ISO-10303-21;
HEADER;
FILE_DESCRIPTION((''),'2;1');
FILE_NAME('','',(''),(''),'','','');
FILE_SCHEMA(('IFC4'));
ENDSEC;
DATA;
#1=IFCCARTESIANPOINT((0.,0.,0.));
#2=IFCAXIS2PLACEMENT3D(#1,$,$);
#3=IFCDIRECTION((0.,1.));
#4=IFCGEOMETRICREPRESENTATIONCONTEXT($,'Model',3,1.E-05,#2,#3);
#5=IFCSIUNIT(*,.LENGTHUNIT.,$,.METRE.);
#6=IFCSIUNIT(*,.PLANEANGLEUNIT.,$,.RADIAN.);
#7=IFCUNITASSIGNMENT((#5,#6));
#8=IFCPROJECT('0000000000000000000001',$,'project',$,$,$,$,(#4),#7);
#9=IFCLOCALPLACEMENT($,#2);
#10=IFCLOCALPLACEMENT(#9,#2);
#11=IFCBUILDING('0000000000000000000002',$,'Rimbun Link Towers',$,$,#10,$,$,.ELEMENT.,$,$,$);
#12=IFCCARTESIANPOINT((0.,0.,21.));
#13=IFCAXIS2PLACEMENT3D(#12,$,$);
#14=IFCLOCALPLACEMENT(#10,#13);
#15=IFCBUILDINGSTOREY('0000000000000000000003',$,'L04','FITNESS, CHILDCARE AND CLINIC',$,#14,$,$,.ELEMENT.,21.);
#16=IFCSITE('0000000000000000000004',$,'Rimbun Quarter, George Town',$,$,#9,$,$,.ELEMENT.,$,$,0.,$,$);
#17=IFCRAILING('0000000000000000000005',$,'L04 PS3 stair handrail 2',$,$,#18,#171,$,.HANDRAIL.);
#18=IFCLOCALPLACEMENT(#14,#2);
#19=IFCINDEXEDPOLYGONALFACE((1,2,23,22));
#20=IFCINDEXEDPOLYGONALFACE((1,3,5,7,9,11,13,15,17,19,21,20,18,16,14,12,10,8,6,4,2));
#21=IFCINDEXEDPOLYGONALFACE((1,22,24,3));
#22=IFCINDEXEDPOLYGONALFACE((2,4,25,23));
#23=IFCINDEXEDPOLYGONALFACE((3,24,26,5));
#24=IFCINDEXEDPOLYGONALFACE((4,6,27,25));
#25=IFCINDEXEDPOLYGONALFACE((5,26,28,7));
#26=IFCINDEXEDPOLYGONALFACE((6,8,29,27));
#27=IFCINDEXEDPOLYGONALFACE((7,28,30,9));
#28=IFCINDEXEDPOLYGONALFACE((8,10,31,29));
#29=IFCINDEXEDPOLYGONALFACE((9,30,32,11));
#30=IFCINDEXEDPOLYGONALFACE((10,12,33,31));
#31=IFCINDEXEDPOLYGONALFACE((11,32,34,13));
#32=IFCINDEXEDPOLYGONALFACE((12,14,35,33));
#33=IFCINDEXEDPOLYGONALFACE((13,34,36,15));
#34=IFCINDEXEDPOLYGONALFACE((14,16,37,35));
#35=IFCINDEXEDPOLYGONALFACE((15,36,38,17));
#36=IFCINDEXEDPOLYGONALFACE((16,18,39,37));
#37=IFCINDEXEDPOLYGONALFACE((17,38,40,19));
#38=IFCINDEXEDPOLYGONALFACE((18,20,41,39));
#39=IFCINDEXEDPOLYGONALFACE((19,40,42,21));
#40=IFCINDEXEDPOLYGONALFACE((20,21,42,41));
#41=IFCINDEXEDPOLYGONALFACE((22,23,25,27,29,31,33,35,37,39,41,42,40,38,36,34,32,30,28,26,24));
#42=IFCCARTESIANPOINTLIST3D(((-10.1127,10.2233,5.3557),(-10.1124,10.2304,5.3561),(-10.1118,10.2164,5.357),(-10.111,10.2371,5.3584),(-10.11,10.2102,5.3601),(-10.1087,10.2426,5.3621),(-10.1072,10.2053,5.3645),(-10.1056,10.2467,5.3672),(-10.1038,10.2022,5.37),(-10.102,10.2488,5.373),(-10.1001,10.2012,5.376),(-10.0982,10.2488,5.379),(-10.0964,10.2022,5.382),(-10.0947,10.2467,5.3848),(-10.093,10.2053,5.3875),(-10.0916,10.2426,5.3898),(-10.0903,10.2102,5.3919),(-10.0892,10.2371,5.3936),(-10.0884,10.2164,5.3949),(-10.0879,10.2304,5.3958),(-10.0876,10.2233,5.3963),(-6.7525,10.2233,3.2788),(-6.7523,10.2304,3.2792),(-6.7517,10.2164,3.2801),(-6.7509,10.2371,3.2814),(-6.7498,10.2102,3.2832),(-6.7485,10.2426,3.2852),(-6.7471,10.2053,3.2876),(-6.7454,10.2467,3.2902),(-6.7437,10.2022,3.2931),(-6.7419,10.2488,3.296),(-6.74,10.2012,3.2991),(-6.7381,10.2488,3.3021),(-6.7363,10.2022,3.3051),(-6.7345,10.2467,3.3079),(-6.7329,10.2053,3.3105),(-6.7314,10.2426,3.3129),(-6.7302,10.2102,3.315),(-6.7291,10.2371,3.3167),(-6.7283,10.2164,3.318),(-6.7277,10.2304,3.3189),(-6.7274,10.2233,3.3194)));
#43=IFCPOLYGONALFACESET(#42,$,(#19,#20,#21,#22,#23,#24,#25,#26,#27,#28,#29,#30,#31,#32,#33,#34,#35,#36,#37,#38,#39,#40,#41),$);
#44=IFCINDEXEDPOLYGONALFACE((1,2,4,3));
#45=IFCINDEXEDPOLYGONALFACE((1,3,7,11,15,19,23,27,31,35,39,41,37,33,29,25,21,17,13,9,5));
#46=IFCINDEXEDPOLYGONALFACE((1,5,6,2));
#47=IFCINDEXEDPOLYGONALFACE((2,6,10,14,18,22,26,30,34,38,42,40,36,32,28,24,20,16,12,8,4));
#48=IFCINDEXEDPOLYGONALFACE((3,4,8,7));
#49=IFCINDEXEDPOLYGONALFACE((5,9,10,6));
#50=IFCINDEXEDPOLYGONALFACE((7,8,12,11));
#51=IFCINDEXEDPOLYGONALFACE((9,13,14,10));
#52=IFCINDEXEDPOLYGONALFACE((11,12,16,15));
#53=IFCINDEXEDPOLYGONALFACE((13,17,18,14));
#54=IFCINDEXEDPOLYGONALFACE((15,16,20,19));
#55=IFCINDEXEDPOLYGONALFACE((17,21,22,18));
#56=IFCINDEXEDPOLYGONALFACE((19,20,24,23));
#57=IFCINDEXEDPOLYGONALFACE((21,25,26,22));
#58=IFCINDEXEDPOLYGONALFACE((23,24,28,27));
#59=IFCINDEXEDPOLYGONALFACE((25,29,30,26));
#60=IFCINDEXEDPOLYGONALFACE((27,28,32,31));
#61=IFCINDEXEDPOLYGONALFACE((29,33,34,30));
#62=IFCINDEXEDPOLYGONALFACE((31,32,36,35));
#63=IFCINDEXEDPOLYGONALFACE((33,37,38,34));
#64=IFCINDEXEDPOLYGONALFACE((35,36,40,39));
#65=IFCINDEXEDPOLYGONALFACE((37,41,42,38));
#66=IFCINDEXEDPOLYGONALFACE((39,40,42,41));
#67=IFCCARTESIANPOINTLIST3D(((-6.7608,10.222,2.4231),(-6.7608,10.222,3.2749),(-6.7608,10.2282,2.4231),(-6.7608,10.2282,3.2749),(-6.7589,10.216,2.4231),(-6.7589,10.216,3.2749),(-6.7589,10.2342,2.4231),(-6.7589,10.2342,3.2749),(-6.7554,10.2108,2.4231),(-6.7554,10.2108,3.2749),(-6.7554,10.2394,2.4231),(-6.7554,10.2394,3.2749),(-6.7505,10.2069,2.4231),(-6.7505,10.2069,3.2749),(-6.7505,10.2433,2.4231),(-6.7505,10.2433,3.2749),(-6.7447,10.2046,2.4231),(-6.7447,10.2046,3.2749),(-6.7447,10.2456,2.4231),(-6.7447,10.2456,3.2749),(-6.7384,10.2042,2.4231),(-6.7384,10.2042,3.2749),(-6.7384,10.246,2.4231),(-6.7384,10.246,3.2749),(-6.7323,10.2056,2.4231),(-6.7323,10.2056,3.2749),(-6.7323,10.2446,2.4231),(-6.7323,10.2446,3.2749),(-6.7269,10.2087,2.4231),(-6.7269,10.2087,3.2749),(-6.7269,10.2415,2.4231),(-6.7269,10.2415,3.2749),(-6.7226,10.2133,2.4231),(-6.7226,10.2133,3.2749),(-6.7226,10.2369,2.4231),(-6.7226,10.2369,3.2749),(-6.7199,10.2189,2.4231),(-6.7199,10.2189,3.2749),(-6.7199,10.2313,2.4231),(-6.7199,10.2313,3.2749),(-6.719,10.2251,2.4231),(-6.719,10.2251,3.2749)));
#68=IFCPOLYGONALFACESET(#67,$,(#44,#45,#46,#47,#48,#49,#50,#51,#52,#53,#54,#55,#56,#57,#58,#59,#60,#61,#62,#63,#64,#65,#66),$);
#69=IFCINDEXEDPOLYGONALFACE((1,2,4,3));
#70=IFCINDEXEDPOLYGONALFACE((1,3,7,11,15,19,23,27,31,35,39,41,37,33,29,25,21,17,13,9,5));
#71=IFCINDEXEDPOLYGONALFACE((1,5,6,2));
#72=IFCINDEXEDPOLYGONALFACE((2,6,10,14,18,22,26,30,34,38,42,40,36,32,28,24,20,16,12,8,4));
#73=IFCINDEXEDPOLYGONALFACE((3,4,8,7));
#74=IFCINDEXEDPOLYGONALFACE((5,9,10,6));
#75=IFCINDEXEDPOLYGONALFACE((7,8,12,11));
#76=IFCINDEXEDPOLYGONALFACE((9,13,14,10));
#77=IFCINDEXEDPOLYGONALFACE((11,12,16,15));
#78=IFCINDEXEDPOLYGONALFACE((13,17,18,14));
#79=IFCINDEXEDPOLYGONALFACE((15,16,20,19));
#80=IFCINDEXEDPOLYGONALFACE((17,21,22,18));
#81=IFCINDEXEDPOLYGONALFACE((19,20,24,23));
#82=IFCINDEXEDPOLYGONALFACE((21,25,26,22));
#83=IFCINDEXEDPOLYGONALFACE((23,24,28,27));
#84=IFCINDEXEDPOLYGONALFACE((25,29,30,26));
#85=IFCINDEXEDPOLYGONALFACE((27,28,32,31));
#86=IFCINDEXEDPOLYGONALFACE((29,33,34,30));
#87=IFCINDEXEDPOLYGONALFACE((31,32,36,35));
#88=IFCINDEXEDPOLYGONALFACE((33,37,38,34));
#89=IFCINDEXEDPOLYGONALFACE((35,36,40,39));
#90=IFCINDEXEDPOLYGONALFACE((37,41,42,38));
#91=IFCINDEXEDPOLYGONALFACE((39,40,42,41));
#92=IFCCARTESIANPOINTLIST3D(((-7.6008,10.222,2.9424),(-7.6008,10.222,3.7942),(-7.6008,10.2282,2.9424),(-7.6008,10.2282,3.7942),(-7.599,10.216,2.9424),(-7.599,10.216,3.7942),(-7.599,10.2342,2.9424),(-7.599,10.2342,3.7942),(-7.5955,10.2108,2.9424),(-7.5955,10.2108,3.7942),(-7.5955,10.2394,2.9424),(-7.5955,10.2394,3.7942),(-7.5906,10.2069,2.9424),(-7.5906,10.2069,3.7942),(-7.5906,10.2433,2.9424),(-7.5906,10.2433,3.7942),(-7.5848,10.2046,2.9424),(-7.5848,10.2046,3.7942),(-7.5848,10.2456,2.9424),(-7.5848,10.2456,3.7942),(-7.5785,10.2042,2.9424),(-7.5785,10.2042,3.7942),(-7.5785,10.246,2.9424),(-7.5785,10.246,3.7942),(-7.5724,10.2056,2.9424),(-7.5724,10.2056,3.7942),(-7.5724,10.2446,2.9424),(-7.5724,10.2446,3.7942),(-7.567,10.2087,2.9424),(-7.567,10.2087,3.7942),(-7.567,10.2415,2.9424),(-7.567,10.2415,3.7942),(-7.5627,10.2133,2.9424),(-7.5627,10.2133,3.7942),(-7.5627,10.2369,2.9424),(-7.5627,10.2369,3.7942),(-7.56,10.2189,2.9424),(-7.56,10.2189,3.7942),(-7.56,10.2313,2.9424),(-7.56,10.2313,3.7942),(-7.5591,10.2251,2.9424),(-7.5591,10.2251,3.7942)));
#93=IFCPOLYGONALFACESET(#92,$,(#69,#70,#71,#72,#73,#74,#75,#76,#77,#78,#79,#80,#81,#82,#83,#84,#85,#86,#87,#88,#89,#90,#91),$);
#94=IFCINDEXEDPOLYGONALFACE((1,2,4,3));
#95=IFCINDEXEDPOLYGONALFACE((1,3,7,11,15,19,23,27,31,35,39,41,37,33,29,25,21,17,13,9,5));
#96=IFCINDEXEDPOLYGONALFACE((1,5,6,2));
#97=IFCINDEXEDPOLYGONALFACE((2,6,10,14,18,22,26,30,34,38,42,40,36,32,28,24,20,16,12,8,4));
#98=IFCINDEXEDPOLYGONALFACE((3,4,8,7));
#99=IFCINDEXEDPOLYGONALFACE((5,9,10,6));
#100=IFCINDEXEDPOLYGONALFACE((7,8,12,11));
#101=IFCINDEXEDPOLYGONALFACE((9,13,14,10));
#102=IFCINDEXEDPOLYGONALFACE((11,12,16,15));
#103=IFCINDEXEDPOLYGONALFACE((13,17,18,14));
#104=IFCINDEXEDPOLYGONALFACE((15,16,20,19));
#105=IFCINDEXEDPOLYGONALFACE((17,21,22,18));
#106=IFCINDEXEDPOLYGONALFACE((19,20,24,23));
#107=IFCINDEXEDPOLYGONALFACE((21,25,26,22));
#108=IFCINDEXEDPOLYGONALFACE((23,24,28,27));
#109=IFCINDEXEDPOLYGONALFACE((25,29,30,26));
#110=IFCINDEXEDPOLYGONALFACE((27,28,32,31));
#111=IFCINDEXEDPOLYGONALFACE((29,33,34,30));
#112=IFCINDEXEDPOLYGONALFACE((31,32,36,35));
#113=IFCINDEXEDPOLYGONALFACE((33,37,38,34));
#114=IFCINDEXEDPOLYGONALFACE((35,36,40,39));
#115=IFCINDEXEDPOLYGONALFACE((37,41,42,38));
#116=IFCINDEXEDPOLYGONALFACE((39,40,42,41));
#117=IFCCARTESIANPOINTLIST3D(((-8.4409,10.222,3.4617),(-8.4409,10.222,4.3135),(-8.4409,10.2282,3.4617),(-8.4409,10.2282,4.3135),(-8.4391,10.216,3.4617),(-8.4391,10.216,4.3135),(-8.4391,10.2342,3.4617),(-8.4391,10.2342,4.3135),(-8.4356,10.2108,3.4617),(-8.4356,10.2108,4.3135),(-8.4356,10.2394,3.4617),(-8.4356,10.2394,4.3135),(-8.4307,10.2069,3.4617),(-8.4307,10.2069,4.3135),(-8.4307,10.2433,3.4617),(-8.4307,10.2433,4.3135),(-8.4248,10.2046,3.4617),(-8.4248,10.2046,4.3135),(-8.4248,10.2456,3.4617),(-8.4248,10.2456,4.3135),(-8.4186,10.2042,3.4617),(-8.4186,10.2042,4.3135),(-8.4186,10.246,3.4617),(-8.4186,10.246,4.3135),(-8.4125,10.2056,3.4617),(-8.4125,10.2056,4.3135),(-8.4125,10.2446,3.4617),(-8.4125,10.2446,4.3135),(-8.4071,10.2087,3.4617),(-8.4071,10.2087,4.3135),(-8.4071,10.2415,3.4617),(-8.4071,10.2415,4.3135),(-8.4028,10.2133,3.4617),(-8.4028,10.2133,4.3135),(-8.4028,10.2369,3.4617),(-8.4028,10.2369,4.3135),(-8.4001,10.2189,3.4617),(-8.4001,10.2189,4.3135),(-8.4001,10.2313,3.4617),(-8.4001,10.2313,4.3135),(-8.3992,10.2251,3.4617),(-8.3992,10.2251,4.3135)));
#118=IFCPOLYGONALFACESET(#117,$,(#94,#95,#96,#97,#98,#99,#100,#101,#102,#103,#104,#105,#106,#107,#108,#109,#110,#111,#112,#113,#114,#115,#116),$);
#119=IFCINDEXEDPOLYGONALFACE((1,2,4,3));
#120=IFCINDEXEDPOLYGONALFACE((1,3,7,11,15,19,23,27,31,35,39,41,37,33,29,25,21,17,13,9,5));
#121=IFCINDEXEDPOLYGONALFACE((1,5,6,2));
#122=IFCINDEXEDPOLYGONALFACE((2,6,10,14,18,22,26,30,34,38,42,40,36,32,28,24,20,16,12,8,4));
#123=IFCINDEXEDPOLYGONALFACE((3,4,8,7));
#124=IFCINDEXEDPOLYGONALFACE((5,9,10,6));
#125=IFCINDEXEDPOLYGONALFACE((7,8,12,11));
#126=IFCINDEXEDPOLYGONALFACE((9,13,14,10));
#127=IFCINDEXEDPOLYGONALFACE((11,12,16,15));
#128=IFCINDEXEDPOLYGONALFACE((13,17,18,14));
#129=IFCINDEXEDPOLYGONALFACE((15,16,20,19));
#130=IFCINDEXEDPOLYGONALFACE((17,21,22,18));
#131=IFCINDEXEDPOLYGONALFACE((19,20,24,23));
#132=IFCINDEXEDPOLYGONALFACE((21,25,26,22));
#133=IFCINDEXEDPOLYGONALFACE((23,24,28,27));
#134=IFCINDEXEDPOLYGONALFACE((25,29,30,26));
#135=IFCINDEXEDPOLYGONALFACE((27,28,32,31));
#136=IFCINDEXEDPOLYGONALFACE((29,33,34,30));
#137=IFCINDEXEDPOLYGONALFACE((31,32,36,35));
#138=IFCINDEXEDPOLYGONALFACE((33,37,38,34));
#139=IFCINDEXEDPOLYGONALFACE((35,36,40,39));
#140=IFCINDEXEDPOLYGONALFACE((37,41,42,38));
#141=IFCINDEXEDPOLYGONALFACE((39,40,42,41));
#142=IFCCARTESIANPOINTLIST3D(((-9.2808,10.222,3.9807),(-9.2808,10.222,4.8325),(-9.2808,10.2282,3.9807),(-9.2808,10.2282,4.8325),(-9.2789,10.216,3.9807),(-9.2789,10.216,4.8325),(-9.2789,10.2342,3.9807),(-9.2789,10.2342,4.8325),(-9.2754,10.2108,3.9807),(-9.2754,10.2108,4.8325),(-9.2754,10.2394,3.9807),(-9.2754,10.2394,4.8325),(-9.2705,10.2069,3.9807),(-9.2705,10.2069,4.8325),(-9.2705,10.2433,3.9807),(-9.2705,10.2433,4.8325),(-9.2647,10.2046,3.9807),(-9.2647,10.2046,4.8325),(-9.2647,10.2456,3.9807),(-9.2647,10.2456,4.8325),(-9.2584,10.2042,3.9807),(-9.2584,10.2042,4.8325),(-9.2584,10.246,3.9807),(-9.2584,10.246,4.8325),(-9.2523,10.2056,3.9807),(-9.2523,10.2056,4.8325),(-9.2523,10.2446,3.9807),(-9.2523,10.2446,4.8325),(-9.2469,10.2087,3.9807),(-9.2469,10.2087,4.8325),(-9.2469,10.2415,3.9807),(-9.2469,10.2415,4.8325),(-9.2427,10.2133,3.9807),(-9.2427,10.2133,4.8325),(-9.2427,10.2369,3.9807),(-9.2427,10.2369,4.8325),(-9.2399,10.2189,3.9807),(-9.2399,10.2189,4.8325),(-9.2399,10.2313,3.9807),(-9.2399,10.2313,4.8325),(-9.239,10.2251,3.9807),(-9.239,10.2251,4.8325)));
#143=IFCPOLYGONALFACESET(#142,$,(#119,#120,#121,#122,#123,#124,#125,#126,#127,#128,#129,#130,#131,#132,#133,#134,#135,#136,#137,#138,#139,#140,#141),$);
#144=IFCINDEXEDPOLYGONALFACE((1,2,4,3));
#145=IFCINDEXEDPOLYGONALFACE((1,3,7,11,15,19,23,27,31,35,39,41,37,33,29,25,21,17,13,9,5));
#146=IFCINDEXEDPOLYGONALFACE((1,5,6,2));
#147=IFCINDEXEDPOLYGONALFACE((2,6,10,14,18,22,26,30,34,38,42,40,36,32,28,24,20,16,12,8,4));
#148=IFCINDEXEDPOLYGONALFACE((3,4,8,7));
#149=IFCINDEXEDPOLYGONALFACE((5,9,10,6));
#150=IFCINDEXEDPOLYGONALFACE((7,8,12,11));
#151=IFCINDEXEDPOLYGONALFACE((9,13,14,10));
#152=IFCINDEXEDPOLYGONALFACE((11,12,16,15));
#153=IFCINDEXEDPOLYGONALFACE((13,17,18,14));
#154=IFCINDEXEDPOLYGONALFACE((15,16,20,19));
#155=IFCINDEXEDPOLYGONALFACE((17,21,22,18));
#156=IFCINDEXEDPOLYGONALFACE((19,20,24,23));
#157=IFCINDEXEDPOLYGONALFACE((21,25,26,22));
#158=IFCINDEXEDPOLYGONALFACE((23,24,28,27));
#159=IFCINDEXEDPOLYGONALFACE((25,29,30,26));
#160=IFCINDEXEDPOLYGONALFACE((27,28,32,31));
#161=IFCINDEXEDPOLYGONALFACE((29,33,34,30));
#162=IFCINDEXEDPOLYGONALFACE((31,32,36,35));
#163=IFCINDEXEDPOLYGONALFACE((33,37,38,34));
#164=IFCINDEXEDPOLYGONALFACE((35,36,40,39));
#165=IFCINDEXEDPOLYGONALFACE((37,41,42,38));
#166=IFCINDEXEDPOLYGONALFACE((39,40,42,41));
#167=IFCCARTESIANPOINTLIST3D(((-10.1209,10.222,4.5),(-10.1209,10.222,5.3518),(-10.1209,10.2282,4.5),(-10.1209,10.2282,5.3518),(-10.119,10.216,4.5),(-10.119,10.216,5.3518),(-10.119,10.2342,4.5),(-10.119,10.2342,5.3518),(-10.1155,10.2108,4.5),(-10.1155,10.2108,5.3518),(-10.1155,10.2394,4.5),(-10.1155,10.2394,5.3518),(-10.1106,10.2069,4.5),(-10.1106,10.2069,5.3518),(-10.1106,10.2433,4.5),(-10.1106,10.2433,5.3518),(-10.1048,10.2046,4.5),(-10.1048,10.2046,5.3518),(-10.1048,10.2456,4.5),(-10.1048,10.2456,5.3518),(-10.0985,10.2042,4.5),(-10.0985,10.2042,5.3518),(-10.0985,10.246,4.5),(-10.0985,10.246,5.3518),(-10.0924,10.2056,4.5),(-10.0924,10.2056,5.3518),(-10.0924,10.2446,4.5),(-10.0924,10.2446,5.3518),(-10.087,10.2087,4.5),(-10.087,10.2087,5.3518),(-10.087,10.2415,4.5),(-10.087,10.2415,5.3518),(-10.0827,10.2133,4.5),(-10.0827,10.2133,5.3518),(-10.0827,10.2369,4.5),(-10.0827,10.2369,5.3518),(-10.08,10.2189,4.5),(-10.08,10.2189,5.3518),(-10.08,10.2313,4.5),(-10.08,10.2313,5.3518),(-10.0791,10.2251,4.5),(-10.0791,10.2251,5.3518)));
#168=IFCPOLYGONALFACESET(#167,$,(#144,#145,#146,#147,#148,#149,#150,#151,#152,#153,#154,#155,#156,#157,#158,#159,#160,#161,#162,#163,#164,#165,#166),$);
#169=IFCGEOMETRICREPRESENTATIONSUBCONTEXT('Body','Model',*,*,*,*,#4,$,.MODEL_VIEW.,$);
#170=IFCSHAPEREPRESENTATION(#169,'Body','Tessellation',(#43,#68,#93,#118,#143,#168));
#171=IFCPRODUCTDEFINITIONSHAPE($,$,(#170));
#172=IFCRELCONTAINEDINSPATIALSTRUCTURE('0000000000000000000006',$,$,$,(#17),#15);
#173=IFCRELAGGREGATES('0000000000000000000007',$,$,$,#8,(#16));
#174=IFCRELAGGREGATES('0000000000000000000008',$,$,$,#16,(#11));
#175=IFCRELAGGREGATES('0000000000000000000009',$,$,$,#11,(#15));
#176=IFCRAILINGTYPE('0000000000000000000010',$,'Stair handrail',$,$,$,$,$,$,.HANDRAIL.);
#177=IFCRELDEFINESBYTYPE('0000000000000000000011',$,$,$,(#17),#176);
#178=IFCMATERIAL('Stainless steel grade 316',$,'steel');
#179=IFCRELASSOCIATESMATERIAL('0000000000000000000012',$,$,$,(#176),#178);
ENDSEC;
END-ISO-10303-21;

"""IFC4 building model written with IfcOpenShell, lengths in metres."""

from ifc_helpers import new_model, si_unit, direction, frame, origin, origin_2d, place, context, subcontext, project, spatial, circle, extrude, material, type_object, element, save


model = new_model("IFC4")

# Units and contexts
model_context = context("Model", 3, precision=1e-05, world=origin(), true_north=direction((0.0, 1.0)))
body_context = subcontext(model_context, "Body", "Model", "MODEL_VIEW")
ifc_project = project(units=[si_unit("LENGTHUNIT", "METRE"), si_unit("PLANEANGLEUNIT", "RADIAN")], contexts=[model_context])

# Site, building, storey
site_placement = place(None, origin())
site = spatial("IfcSite", under=ifc_project, at=site_placement, Name="Rimbun Quarter, George Town", CompositionType="ELEMENT", RefElevation=0.0)
building_placement = place(site_placement, origin())
building = spatial("IfcBuilding", under=site, at=building_placement, Name="Rimbun Link Towers", CompositionType="ELEMENT")
storey_placement = place(building_placement, frame((0.0, 0.0, 21.0)))
storey = spatial("IfcBuildingStorey", under=building, at=storey_placement, Name="L04", Description="FITNESS, CHILDCARE AND CLINIC", CompositionType="ELEMENT", Elevation=21.0)

# Railing
ifc_material_1 = material(Name="Stainless steel grade 316", Category="steel")
railing_type_1 = type_object("IfcRailingType", Name="Stair handrail", PredefinedType="HANDRAIL", material=ifc_material_1)
railing_1_placement = place(storey_placement, frame((-6.74, 10.2251, 2.4231)))
element("IfcRailing", 1, at=railing_1_placement, inside=storey, type_object=railing_type_1, Name="L04 PS3 stair handrail 2", PredefinedType="HANDRAIL", context=body_context, shape_type="SweptSolid", body=[
    extrude(circle(Radius=0.0239, at=origin_2d()), frame((0.0, 0.0, 0.876), z_axis=(-0.850623, 0.0, 0.525776), x_axis=(0.0, -1.0, 0.0)), (0.0, 0.0, 1.0), 3.9502),
    extrude(circle(Radius=0.021, at=origin_2d()), origin(), (0.0, 0.0, 1.0), 0.8518),
    extrude(circle(Radius=0.021, at=origin_2d()), frame((-0.8401, 0.0, 0.5193)), (0.0, 0.0, 1.0), 0.8518),
    extrude(circle(Radius=0.021, at=origin_2d()), frame((-1.6802, 0.0, 1.0386)), (0.0, 0.0, 1.0), 0.8518),
    extrude(circle(Radius=0.021, at=origin_2d()), frame((-2.52, 0.0, 1.5576)), (0.0, 0.0, 1.0), 0.8518),
    extrude(circle(Radius=0.021, at=origin_2d()), frame((-3.3601, 0.0, 2.0769)), (0.0, 0.0, 1.0), 0.8518),
])

save(model, "model.ifc")
